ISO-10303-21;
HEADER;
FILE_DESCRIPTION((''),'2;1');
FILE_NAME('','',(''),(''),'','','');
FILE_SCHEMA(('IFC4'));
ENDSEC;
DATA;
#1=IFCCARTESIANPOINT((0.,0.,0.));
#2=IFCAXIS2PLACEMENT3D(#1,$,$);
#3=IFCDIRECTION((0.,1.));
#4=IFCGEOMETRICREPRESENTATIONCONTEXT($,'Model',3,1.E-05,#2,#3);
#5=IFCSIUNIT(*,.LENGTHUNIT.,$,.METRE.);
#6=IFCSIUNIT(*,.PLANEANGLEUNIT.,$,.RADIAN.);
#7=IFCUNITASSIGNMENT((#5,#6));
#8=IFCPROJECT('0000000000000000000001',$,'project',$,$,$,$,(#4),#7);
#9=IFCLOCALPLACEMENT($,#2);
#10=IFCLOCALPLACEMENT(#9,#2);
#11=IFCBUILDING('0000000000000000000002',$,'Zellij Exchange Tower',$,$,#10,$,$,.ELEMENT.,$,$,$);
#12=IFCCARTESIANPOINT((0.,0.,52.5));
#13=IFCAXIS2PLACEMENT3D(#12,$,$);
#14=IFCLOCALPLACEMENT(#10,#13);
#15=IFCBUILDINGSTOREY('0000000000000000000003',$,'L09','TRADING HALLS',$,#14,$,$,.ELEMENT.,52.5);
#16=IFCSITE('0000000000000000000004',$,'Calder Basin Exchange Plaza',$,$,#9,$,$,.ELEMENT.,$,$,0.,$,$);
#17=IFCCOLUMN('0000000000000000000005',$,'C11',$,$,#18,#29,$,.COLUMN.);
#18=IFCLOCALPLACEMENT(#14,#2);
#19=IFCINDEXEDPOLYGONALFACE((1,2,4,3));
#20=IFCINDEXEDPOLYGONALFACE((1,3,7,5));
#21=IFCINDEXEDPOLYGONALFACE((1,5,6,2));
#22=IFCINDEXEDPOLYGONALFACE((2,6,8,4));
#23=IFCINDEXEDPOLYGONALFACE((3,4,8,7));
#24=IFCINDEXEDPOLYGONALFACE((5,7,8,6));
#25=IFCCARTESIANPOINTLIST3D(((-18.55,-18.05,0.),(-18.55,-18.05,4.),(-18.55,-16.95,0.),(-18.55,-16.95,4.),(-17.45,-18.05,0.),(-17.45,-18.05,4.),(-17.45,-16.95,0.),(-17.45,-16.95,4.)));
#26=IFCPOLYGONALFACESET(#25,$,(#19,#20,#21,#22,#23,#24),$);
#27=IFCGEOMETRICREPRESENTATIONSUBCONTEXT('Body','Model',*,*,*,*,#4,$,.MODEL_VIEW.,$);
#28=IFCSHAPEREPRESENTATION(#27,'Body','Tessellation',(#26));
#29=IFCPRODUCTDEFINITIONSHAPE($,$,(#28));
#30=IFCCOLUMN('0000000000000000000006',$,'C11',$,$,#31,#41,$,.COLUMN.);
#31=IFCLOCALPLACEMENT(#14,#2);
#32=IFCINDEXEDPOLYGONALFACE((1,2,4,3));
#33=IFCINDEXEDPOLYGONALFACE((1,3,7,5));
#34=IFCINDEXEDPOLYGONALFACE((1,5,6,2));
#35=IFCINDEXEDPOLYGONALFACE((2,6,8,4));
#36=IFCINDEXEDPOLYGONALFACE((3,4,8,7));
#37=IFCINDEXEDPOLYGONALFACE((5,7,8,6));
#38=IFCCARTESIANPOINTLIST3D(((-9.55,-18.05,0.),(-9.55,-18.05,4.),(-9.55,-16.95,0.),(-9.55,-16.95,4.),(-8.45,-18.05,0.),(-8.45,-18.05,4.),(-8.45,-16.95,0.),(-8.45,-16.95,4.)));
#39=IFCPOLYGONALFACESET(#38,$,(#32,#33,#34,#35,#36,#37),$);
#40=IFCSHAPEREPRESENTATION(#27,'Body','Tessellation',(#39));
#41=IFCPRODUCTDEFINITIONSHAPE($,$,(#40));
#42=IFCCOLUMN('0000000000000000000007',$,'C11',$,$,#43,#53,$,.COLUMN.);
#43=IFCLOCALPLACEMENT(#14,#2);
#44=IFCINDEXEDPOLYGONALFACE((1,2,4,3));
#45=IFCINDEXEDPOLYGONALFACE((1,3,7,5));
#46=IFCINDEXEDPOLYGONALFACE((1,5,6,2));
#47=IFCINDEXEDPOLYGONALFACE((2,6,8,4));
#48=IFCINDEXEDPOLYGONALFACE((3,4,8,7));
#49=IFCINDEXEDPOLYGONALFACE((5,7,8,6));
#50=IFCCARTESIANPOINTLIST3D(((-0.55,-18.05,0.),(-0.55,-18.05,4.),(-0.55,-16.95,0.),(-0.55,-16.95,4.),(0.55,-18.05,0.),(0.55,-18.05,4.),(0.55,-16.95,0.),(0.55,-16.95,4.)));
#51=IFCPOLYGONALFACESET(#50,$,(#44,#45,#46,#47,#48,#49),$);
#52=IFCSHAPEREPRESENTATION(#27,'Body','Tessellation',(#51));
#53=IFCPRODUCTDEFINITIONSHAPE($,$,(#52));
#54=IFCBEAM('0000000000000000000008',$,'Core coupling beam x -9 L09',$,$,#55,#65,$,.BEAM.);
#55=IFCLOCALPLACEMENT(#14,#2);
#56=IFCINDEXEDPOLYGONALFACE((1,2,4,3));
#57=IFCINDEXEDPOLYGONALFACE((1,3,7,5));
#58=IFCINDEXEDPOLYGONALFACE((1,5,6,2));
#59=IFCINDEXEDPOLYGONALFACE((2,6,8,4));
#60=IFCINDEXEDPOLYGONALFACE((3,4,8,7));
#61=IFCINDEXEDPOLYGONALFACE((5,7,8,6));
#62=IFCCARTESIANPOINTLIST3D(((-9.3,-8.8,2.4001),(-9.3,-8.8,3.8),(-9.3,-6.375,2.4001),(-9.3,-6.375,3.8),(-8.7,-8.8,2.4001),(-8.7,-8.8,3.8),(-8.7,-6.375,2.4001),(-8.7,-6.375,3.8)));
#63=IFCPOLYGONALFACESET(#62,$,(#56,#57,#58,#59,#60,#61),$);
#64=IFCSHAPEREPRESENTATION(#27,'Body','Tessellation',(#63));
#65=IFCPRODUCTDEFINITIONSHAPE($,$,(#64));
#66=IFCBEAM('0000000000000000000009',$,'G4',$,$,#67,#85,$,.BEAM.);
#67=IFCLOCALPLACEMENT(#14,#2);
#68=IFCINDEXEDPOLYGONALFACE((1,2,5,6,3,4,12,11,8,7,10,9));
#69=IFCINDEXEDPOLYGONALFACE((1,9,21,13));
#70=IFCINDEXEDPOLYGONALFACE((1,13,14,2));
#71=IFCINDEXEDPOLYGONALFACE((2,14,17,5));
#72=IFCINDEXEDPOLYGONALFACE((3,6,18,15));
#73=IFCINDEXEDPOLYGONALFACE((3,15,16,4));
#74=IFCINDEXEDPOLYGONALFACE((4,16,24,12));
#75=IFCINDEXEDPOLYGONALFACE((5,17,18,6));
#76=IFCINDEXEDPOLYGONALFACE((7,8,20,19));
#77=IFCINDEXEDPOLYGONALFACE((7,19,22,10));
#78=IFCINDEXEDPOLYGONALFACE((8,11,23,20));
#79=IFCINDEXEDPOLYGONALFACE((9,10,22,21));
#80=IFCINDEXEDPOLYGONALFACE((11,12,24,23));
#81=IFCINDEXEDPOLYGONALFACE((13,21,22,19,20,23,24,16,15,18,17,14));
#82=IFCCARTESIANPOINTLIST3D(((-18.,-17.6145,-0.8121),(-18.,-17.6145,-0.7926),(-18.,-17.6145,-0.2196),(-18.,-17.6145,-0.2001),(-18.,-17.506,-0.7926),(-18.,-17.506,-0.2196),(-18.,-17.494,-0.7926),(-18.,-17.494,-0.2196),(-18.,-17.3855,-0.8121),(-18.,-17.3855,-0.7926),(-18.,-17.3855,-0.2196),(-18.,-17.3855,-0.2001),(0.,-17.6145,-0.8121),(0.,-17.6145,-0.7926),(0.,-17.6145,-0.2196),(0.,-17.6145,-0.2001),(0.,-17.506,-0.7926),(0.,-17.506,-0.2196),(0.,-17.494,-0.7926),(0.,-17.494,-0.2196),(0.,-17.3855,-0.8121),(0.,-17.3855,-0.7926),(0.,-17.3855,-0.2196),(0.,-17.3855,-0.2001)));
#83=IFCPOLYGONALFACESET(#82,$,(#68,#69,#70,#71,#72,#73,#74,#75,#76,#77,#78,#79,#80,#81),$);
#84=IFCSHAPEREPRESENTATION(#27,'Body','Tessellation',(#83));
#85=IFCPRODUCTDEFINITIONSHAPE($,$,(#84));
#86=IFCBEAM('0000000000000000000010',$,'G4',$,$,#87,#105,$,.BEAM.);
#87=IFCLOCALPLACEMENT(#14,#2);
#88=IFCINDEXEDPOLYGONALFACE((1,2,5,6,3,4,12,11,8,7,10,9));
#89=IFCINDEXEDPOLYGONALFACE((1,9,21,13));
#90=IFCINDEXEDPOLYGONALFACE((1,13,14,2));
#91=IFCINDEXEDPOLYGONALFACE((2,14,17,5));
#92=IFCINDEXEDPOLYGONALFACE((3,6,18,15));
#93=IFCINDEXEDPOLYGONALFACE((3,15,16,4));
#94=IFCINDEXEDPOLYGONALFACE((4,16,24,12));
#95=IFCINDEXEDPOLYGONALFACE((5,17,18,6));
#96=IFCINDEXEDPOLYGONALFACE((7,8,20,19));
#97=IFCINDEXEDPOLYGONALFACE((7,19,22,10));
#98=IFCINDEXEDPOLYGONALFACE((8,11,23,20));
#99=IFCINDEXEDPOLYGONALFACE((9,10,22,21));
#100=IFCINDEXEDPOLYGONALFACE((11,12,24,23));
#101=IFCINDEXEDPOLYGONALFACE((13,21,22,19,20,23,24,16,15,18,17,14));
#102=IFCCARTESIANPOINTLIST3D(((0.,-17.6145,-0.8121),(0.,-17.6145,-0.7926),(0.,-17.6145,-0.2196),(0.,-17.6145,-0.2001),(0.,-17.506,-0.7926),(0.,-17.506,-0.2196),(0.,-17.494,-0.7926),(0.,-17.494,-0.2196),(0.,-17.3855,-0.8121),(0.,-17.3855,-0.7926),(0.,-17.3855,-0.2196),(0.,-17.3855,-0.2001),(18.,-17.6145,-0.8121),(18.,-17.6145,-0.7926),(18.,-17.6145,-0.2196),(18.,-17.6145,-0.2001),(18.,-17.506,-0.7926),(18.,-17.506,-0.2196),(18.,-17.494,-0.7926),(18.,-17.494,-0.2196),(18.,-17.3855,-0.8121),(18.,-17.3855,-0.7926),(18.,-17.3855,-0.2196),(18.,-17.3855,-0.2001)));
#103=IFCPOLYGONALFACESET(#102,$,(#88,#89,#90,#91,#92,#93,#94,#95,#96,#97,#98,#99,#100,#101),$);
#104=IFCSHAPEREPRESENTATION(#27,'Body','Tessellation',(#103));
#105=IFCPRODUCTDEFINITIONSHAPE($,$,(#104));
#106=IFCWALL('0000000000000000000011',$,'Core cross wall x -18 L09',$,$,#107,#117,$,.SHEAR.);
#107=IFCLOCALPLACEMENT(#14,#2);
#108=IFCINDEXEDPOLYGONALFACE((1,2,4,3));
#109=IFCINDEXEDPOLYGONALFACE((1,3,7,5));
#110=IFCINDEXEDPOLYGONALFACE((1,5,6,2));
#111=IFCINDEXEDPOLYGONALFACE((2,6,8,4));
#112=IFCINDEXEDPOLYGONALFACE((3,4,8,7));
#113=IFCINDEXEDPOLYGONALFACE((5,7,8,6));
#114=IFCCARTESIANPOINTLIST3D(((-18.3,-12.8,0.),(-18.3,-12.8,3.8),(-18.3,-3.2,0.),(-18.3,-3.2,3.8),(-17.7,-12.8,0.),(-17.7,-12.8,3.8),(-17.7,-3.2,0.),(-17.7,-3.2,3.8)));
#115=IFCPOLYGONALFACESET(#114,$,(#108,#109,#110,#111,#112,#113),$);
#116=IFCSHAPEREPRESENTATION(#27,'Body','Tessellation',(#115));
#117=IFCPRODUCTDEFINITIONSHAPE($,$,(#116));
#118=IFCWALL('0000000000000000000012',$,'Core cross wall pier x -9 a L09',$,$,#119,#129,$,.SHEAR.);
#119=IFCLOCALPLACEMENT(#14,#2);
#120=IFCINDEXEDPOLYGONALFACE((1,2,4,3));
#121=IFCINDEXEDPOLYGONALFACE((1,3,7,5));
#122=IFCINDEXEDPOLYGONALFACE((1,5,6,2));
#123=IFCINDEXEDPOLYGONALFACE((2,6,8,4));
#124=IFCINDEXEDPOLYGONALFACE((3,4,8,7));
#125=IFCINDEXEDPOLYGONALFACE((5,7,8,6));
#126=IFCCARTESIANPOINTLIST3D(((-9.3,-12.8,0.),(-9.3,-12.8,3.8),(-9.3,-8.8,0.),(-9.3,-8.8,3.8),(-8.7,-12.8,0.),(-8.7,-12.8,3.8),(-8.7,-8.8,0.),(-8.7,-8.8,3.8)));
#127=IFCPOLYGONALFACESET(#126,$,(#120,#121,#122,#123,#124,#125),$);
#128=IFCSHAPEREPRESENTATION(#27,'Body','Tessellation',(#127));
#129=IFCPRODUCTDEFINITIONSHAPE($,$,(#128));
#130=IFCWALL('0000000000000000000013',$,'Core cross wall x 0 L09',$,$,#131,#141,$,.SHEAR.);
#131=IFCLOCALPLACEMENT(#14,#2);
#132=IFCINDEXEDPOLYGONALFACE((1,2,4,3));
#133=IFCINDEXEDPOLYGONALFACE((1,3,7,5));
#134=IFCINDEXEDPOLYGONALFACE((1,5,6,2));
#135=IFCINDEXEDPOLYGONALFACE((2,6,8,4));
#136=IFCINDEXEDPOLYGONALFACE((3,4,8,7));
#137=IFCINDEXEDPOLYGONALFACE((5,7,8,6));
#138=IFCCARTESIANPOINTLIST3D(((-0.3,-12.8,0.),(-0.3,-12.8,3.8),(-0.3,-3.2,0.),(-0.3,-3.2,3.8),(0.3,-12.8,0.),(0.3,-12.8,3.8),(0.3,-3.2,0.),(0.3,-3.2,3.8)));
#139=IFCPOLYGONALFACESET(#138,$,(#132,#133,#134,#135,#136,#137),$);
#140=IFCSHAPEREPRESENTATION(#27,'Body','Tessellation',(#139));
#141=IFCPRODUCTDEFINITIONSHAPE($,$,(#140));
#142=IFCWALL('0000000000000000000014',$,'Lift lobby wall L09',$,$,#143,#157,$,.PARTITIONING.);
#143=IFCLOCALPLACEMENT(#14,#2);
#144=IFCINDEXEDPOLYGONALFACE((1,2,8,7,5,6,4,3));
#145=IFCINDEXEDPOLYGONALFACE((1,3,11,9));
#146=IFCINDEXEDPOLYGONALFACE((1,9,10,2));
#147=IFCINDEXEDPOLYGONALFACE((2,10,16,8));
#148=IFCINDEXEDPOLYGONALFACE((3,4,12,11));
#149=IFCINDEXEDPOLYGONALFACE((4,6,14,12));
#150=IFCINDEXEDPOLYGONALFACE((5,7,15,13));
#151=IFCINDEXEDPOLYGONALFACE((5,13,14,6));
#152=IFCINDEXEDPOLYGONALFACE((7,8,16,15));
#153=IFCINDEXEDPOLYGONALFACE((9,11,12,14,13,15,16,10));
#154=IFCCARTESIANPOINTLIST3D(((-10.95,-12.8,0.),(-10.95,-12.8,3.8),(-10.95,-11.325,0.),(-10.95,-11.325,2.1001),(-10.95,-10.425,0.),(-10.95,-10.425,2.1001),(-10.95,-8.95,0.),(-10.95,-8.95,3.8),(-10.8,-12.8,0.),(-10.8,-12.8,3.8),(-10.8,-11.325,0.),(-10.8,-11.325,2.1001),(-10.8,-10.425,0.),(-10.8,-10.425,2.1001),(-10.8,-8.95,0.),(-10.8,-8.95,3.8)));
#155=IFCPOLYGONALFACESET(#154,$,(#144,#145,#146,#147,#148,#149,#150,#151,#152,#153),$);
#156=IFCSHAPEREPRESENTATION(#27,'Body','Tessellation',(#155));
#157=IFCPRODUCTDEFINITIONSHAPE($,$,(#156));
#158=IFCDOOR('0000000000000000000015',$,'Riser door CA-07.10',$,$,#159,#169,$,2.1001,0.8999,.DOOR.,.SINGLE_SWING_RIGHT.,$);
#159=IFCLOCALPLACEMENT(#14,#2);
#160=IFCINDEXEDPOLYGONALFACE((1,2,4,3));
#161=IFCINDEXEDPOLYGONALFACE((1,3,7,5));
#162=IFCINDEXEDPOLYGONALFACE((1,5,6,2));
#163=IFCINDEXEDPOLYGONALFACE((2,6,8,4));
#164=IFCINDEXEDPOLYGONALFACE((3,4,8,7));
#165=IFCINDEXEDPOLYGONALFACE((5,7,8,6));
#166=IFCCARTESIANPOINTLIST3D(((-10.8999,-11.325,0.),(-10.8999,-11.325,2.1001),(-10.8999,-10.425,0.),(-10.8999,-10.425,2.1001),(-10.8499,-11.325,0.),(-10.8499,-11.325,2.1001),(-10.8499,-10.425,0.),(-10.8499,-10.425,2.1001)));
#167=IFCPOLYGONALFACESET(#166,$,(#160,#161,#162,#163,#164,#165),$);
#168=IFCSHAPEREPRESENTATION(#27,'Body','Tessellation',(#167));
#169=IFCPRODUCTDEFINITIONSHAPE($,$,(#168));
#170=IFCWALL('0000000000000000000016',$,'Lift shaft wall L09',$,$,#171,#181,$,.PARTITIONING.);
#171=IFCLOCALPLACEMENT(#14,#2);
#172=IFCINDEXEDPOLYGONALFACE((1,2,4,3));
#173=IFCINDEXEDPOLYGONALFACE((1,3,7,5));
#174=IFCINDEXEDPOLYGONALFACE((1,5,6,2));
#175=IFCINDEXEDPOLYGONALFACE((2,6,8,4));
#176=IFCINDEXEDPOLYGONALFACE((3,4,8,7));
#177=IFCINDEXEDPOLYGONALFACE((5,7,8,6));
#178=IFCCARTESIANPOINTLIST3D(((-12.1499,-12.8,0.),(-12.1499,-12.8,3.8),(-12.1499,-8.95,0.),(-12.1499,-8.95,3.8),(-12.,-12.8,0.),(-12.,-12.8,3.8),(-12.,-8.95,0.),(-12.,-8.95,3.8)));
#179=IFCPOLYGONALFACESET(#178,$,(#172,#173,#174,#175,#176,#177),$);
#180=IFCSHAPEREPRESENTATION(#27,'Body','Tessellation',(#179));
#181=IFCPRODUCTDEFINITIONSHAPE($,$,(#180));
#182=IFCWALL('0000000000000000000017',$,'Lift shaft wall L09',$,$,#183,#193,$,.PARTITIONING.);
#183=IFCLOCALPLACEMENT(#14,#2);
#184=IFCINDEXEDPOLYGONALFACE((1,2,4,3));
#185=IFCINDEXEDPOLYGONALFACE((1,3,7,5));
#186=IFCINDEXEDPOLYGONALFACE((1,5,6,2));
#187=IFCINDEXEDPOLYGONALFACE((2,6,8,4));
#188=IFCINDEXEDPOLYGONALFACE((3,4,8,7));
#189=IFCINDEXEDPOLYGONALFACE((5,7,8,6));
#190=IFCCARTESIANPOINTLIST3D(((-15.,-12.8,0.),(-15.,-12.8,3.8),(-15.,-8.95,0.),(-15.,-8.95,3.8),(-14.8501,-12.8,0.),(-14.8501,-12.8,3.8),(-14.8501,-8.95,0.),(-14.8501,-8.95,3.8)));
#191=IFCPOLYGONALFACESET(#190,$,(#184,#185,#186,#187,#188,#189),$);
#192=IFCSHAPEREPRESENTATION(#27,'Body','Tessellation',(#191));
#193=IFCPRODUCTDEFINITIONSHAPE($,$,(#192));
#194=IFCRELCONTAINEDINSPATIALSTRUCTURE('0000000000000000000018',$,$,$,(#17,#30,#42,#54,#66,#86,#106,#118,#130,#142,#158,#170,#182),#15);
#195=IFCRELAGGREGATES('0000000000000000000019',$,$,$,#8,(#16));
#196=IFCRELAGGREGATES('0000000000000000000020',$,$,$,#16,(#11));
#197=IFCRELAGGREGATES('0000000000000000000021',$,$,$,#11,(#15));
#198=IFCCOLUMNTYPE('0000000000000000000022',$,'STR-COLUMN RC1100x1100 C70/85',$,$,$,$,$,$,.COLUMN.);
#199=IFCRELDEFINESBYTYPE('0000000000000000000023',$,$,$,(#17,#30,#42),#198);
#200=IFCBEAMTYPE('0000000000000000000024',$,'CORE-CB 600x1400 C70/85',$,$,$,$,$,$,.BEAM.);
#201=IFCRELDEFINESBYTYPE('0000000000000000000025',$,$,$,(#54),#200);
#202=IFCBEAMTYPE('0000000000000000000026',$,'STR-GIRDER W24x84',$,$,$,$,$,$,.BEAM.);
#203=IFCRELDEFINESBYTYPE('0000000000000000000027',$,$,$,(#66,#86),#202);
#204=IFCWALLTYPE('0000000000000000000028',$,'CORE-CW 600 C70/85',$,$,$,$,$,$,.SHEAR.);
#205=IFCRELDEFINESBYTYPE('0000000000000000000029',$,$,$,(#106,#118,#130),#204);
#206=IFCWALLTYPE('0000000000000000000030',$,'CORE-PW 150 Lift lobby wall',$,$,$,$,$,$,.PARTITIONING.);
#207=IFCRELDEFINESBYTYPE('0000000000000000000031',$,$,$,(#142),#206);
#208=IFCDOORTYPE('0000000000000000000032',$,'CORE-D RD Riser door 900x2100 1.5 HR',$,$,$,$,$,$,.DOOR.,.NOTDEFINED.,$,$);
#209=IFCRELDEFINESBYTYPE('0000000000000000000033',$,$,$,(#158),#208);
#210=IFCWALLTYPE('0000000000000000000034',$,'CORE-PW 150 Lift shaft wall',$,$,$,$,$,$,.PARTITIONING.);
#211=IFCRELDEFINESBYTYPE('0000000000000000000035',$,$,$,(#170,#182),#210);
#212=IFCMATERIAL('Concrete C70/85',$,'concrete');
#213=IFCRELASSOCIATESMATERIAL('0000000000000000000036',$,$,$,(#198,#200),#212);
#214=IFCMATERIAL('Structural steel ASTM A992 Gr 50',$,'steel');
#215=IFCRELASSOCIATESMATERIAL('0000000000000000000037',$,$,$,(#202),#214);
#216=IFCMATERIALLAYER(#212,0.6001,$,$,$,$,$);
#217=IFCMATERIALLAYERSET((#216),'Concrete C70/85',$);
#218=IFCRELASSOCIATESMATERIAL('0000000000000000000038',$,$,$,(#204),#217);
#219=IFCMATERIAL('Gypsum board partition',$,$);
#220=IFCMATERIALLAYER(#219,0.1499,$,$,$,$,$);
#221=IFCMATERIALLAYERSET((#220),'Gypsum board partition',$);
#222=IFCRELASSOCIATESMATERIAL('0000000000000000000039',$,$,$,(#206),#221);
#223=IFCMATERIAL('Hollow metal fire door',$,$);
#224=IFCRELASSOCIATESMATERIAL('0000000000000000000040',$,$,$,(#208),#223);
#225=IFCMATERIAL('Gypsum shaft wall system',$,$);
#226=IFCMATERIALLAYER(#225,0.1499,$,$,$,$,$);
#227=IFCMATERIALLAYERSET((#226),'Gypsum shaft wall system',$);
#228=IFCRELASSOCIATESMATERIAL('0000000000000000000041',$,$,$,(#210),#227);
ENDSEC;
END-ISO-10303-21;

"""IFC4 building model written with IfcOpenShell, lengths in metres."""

from ifc_helpers import new_model, si_unit, direction, frame, frame_2d, origin, origin_2d, place, context, subcontext, project, spatial, rectangle, i_section, extrude, material, layer, layer_set, material_profile, profile_set, type_object, element, fill, save


model = new_model("IFC4")

# Units and contexts
model_context = context("Model", 3, precision=1e-05, world=origin(), true_north=direction((0.0, 1.0)))
body_context = subcontext(model_context, "Body", "Model", "MODEL_VIEW")
ifc_project = project(units=[si_unit("LENGTHUNIT", "METRE"), si_unit("PLANEANGLEUNIT", "RADIAN")], contexts=[model_context])

# Site, building, storey
site_placement = place(None, origin())
site = spatial("IfcSite", under=ifc_project, at=site_placement, Name="Calder Basin Exchange Plaza", CompositionType="ELEMENT", RefElevation=0.0)
building_placement = place(site_placement, origin())
building = spatial("IfcBuilding", under=site, at=building_placement, Name="Zellij Exchange Tower", CompositionType="ELEMENT")
storey_placement = place(building_placement, frame((0.0, 0.0, 52.5)))
storey = spatial("IfcBuildingStorey", under=building, at=storey_placement, Name="L09", Description="TRADING HALLS", CompositionType="ELEMENT", Elevation=52.5)

# Columns
ifc_material_1 = material(Name="Concrete C70/85", Category="concrete")
ifc_material_profile_1 = material_profile(ifc_material_1, rectangle(XDim=1.1001, YDim=1.1001, at=origin_2d()), Name="STR-COLUMN RC1100x1100 C70/85")
ifc_profile_set_1 = profile_set([ifc_material_profile_1], Name="Concrete C70/85")
column_type = type_object("IfcColumnType", Name="STR-COLUMN RC1100x1100 C70/85", PredefinedType="COLUMN", material=ifc_profile_set_1)
for number, where, z_axis, x_axis, name in (
    (1, (-18.0, -17.5, 0.0), (0.0, 0.0, 1.0), (1.0, 0.0, 0.0), "C11"),
    (2, (-9.0, -17.5, 0.0), (0.0, 0.0, 1.0), (1.0, 0.0, 0.0), "C11"),
    (3, (0.0, -17.5, 0.0), (0.0, 0.0, 1.0), (1.0, 0.0, 0.0), "C11"),
):
    element("IfcColumn", number, at=place(storey_placement, frame(where, z_axis=z_axis, x_axis=x_axis)), inside=storey, type_object=column_type, Name=name, PredefinedType="COLUMN", context=body_context, shape_type="SweptSolid", body=[
        extrude(rectangle(XDim=1.1001, YDim=1.1001, at=origin_2d()), origin(), (0.0, 0.0, 1.0), 4.0),
    ])

# Beams
ifc_material_profile_2 = material_profile(ifc_material_1, rectangle(XDim=0.6001, YDim=1.3999, at=origin_2d()), Name="CORE-CB 600x1400 C70/85")
ifc_profile_set_2 = profile_set([ifc_material_profile_2], Name="Concrete C70/85")
beam_type_1 = type_object("IfcBeamType", Name="CORE-CB 600x1400 C70/85", PredefinedType="BEAM", material=ifc_profile_set_2)
beam_placement = place(storey_placement, frame((-9.0, -8.8, 3.1001), z_axis=(0.0, 1.0, 0.0), x_axis=(-1.0, 0.0, 0.0)))
element("IfcBeam", 4, at=beam_placement, inside=storey, type_object=beam_type_1, Name="Core coupling beam x -9 L09", PredefinedType="BEAM", context=body_context, shape_type="SweptSolid", body=[
    extrude(rectangle(XDim=0.6001, YDim=1.3999, at=origin_2d()), origin(), (0.0, 0.0, 1.0), 2.425),
])
ifc_material_2 = material(Name="Structural steel ASTM A992 Gr 50", Category="steel")
ifc_material_profile_3 = material_profile(ifc_material_2, i_section(OverallWidth=0.229, OverallDepth=0.6121, WebThickness=0.012, FlangeThickness=0.0195, at=origin_2d()), Name="W24x84")
ifc_profile_set_3 = profile_set([ifc_material_profile_3], Name="Structural steel ASTM A992 Gr 50")
beam_type_2 = type_object("IfcBeamType", Name="STR-GIRDER W24x84", PredefinedType="BEAM", material=ifc_profile_set_3)
for number, where, z_axis, x_axis, name in (
    (5, (-18.0, -17.5, -0.5061), (1.0, 0.0, 0.0), (0.0, 1.0, 0.0), "G4"),
    (6, (0.0, -17.5, -0.5061), (1.0, 0.0, 0.0), (0.0, 1.0, 0.0), "G4"),
):
    element("IfcBeam", number, at=place(storey_placement, frame(where, z_axis=z_axis, x_axis=x_axis)), inside=storey, type_object=beam_type_2, Name=name, PredefinedType="BEAM", context=body_context, shape_type="SweptSolid", body=[
        extrude(i_section(OverallWidth=0.229, OverallDepth=0.6121, WebThickness=0.012, FlangeThickness=0.0195, at=origin_2d()), origin(), (0.0, 0.0, 1.0), 18.0),
    ])

# Walls
ifc_layer_1 = layer(ifc_material_1, 0.6001)
ifc_layer_set_1 = layer_set([ifc_layer_1], Name="Concrete C70/85")
wall_type_1 = type_object("IfcWallType", Name="CORE-CW 600 C70/85", PredefinedType="SHEAR", material=ifc_layer_set_1)
wall_1_placement = place(storey_placement, frame((-18.0, -12.8, 0.0), z_axis=(0.0, 0.0, 1.0), x_axis=(0.0, 1.0, 0.0)))
element("IfcWall", 7, at=wall_1_placement, inside=storey, type_object=wall_type_1, Name="Core cross wall x -18 L09", PredefinedType="SHEAR", context=body_context, shape_type="SweptSolid", body=[
    extrude(rectangle(XDim=9.6001, YDim=0.6001, at=frame_2d((4.8, 0.0))), origin(), (0.0, 0.0, 1.0), 3.8),
])
wall_2_placement = place(storey_placement, frame((-9.0, -12.8, 0.0), z_axis=(0.0, 0.0, 1.0), x_axis=(0.0, 1.0, 0.0)))
element("IfcWall", 8, at=wall_2_placement, inside=storey, type_object=wall_type_1, Name="Core cross wall pier x -9 a L09", PredefinedType="SHEAR", context=body_context, shape_type="SweptSolid", body=[
    extrude(rectangle(XDim=4.0, YDim=0.6001, at=frame_2d((2.0, 0.0))), origin(), (0.0, 0.0, 1.0), 3.8),
])
wall_3_placement = place(storey_placement, frame((0.0, -12.8, 0.0), z_axis=(0.0, 0.0, 1.0), x_axis=(0.0, 1.0, 0.0)))
element("IfcWall", 9, at=wall_3_placement, inside=storey, type_object=wall_type_1, Name="Core cross wall x 0 L09", PredefinedType="SHEAR", context=body_context, shape_type="SweptSolid", body=[
    extrude(rectangle(XDim=9.6001, YDim=0.6001, at=frame_2d((4.8, 0.0))), origin(), (0.0, 0.0, 1.0), 3.8),
])

# Wall, opening, door
ifc_material_3 = material(Name="Gypsum board partition")
ifc_layer_2 = layer(ifc_material_3, 0.1499)
ifc_layer_set_2 = layer_set([ifc_layer_2], Name="Gypsum board partition")
wall_type_2 = type_object("IfcWallType", Name="CORE-PW 150 Lift lobby wall", PredefinedType="PARTITIONING", material=ifc_layer_set_2)
wall_4_placement = place(storey_placement, frame((-10.875, -12.8, 0.0), z_axis=(0.0, 0.0, 1.0), x_axis=(0.0, 1.0, 0.0)))
wall_4 = element("IfcWall", 10, at=wall_4_placement, inside=storey, type_object=wall_type_2, Name="Lift lobby wall L09", PredefinedType="PARTITIONING", context=body_context, shape_type="SweptSolid", body=[
    extrude(rectangle(XDim=3.8501, YDim=0.1499, at=frame_2d((1.925, 0.0))), origin(), (0.0, 0.0, 1.0), 3.8),
])
opening_1_placement = place(wall_4_placement, frame((1.4751, 0.0, 0.0)))
opening_1 = element("IfcOpeningElement", 11, at=opening_1_placement, cuts=wall_4, PredefinedType="OPENING", context=body_context, shape_type="SweptSolid", body=[
    extrude(rectangle(XDim=0.8999, YDim=2.1001, at=frame_2d((0.45, 1.05))), frame((0.0, 0.0869, 0.0), z_axis=(0.0, -1.0, 0.0), x_axis=(1.0, 0.0, 0.0)), (0.0, 0.0, 1.0), 0.1738),
])
ifc_material_4 = material(Name="Hollow metal fire door")
door_type_1 = type_object("IfcDoorType", Name="CORE-D RD Riser door 900x2100 1.5 HR", OperationType="NOTDEFINED", PredefinedType="DOOR", material=ifc_material_4)
door_1_placement = place(opening_1_placement, origin())
door_1 = element("IfcDoor", 12, at=door_1_placement, inside=storey, type_object=door_type_1, Name="Riser door CA-07.10", OperationType="SINGLE_SWING_RIGHT", OverallHeight=2.1001, OverallWidth=0.8999, PredefinedType="DOOR", context=body_context, shape_type="SweptSolid", body=[
    extrude(rectangle(XDim=0.8999, YDim=2.1001, at=frame_2d((0.45, 1.05))), frame((0.0, 0.0249, 0.0), z_axis=(0.0, -1.0, 0.0), x_axis=(1.0, 0.0, 0.0)), (0.0, 0.0, 1.0), 0.05),
])
fill(opening_1, door_1)

# Walls
ifc_material_5 = material(Name="Gypsum shaft wall system")
ifc_layer_3 = layer(ifc_material_5, 0.1499)
ifc_layer_set_3 = layer_set([ifc_layer_3], Name="Gypsum shaft wall system")
wall_type_3 = type_object("IfcWallType", Name="CORE-PW 150 Lift shaft wall", PredefinedType="PARTITIONING", material=ifc_layer_set_3)
for number, where, z_axis, x_axis, name in (
    (13, (-12.075, -12.8, 0.0), (0.0, 0.0, 1.0), (0.0, 1.0, 0.0), "Lift shaft wall L09"),
    (14, (-14.925, -12.8, 0.0), (0.0, 0.0, 1.0), (0.0, 1.0, 0.0), "Lift shaft wall L09"),
):
    element("IfcWall", number, at=place(storey_placement, frame(where, z_axis=z_axis, x_axis=x_axis)), inside=storey, type_object=wall_type_3, Name=name, PredefinedType="PARTITIONING", context=body_context, shape_type="SweptSolid", body=[
        extrude(rectangle(XDim=3.8501, YDim=0.1499, at=frame_2d((1.925, 0.0))), origin(), (0.0, 0.0, 1.0), 3.8),
    ])

save(model, "model.ifc")
